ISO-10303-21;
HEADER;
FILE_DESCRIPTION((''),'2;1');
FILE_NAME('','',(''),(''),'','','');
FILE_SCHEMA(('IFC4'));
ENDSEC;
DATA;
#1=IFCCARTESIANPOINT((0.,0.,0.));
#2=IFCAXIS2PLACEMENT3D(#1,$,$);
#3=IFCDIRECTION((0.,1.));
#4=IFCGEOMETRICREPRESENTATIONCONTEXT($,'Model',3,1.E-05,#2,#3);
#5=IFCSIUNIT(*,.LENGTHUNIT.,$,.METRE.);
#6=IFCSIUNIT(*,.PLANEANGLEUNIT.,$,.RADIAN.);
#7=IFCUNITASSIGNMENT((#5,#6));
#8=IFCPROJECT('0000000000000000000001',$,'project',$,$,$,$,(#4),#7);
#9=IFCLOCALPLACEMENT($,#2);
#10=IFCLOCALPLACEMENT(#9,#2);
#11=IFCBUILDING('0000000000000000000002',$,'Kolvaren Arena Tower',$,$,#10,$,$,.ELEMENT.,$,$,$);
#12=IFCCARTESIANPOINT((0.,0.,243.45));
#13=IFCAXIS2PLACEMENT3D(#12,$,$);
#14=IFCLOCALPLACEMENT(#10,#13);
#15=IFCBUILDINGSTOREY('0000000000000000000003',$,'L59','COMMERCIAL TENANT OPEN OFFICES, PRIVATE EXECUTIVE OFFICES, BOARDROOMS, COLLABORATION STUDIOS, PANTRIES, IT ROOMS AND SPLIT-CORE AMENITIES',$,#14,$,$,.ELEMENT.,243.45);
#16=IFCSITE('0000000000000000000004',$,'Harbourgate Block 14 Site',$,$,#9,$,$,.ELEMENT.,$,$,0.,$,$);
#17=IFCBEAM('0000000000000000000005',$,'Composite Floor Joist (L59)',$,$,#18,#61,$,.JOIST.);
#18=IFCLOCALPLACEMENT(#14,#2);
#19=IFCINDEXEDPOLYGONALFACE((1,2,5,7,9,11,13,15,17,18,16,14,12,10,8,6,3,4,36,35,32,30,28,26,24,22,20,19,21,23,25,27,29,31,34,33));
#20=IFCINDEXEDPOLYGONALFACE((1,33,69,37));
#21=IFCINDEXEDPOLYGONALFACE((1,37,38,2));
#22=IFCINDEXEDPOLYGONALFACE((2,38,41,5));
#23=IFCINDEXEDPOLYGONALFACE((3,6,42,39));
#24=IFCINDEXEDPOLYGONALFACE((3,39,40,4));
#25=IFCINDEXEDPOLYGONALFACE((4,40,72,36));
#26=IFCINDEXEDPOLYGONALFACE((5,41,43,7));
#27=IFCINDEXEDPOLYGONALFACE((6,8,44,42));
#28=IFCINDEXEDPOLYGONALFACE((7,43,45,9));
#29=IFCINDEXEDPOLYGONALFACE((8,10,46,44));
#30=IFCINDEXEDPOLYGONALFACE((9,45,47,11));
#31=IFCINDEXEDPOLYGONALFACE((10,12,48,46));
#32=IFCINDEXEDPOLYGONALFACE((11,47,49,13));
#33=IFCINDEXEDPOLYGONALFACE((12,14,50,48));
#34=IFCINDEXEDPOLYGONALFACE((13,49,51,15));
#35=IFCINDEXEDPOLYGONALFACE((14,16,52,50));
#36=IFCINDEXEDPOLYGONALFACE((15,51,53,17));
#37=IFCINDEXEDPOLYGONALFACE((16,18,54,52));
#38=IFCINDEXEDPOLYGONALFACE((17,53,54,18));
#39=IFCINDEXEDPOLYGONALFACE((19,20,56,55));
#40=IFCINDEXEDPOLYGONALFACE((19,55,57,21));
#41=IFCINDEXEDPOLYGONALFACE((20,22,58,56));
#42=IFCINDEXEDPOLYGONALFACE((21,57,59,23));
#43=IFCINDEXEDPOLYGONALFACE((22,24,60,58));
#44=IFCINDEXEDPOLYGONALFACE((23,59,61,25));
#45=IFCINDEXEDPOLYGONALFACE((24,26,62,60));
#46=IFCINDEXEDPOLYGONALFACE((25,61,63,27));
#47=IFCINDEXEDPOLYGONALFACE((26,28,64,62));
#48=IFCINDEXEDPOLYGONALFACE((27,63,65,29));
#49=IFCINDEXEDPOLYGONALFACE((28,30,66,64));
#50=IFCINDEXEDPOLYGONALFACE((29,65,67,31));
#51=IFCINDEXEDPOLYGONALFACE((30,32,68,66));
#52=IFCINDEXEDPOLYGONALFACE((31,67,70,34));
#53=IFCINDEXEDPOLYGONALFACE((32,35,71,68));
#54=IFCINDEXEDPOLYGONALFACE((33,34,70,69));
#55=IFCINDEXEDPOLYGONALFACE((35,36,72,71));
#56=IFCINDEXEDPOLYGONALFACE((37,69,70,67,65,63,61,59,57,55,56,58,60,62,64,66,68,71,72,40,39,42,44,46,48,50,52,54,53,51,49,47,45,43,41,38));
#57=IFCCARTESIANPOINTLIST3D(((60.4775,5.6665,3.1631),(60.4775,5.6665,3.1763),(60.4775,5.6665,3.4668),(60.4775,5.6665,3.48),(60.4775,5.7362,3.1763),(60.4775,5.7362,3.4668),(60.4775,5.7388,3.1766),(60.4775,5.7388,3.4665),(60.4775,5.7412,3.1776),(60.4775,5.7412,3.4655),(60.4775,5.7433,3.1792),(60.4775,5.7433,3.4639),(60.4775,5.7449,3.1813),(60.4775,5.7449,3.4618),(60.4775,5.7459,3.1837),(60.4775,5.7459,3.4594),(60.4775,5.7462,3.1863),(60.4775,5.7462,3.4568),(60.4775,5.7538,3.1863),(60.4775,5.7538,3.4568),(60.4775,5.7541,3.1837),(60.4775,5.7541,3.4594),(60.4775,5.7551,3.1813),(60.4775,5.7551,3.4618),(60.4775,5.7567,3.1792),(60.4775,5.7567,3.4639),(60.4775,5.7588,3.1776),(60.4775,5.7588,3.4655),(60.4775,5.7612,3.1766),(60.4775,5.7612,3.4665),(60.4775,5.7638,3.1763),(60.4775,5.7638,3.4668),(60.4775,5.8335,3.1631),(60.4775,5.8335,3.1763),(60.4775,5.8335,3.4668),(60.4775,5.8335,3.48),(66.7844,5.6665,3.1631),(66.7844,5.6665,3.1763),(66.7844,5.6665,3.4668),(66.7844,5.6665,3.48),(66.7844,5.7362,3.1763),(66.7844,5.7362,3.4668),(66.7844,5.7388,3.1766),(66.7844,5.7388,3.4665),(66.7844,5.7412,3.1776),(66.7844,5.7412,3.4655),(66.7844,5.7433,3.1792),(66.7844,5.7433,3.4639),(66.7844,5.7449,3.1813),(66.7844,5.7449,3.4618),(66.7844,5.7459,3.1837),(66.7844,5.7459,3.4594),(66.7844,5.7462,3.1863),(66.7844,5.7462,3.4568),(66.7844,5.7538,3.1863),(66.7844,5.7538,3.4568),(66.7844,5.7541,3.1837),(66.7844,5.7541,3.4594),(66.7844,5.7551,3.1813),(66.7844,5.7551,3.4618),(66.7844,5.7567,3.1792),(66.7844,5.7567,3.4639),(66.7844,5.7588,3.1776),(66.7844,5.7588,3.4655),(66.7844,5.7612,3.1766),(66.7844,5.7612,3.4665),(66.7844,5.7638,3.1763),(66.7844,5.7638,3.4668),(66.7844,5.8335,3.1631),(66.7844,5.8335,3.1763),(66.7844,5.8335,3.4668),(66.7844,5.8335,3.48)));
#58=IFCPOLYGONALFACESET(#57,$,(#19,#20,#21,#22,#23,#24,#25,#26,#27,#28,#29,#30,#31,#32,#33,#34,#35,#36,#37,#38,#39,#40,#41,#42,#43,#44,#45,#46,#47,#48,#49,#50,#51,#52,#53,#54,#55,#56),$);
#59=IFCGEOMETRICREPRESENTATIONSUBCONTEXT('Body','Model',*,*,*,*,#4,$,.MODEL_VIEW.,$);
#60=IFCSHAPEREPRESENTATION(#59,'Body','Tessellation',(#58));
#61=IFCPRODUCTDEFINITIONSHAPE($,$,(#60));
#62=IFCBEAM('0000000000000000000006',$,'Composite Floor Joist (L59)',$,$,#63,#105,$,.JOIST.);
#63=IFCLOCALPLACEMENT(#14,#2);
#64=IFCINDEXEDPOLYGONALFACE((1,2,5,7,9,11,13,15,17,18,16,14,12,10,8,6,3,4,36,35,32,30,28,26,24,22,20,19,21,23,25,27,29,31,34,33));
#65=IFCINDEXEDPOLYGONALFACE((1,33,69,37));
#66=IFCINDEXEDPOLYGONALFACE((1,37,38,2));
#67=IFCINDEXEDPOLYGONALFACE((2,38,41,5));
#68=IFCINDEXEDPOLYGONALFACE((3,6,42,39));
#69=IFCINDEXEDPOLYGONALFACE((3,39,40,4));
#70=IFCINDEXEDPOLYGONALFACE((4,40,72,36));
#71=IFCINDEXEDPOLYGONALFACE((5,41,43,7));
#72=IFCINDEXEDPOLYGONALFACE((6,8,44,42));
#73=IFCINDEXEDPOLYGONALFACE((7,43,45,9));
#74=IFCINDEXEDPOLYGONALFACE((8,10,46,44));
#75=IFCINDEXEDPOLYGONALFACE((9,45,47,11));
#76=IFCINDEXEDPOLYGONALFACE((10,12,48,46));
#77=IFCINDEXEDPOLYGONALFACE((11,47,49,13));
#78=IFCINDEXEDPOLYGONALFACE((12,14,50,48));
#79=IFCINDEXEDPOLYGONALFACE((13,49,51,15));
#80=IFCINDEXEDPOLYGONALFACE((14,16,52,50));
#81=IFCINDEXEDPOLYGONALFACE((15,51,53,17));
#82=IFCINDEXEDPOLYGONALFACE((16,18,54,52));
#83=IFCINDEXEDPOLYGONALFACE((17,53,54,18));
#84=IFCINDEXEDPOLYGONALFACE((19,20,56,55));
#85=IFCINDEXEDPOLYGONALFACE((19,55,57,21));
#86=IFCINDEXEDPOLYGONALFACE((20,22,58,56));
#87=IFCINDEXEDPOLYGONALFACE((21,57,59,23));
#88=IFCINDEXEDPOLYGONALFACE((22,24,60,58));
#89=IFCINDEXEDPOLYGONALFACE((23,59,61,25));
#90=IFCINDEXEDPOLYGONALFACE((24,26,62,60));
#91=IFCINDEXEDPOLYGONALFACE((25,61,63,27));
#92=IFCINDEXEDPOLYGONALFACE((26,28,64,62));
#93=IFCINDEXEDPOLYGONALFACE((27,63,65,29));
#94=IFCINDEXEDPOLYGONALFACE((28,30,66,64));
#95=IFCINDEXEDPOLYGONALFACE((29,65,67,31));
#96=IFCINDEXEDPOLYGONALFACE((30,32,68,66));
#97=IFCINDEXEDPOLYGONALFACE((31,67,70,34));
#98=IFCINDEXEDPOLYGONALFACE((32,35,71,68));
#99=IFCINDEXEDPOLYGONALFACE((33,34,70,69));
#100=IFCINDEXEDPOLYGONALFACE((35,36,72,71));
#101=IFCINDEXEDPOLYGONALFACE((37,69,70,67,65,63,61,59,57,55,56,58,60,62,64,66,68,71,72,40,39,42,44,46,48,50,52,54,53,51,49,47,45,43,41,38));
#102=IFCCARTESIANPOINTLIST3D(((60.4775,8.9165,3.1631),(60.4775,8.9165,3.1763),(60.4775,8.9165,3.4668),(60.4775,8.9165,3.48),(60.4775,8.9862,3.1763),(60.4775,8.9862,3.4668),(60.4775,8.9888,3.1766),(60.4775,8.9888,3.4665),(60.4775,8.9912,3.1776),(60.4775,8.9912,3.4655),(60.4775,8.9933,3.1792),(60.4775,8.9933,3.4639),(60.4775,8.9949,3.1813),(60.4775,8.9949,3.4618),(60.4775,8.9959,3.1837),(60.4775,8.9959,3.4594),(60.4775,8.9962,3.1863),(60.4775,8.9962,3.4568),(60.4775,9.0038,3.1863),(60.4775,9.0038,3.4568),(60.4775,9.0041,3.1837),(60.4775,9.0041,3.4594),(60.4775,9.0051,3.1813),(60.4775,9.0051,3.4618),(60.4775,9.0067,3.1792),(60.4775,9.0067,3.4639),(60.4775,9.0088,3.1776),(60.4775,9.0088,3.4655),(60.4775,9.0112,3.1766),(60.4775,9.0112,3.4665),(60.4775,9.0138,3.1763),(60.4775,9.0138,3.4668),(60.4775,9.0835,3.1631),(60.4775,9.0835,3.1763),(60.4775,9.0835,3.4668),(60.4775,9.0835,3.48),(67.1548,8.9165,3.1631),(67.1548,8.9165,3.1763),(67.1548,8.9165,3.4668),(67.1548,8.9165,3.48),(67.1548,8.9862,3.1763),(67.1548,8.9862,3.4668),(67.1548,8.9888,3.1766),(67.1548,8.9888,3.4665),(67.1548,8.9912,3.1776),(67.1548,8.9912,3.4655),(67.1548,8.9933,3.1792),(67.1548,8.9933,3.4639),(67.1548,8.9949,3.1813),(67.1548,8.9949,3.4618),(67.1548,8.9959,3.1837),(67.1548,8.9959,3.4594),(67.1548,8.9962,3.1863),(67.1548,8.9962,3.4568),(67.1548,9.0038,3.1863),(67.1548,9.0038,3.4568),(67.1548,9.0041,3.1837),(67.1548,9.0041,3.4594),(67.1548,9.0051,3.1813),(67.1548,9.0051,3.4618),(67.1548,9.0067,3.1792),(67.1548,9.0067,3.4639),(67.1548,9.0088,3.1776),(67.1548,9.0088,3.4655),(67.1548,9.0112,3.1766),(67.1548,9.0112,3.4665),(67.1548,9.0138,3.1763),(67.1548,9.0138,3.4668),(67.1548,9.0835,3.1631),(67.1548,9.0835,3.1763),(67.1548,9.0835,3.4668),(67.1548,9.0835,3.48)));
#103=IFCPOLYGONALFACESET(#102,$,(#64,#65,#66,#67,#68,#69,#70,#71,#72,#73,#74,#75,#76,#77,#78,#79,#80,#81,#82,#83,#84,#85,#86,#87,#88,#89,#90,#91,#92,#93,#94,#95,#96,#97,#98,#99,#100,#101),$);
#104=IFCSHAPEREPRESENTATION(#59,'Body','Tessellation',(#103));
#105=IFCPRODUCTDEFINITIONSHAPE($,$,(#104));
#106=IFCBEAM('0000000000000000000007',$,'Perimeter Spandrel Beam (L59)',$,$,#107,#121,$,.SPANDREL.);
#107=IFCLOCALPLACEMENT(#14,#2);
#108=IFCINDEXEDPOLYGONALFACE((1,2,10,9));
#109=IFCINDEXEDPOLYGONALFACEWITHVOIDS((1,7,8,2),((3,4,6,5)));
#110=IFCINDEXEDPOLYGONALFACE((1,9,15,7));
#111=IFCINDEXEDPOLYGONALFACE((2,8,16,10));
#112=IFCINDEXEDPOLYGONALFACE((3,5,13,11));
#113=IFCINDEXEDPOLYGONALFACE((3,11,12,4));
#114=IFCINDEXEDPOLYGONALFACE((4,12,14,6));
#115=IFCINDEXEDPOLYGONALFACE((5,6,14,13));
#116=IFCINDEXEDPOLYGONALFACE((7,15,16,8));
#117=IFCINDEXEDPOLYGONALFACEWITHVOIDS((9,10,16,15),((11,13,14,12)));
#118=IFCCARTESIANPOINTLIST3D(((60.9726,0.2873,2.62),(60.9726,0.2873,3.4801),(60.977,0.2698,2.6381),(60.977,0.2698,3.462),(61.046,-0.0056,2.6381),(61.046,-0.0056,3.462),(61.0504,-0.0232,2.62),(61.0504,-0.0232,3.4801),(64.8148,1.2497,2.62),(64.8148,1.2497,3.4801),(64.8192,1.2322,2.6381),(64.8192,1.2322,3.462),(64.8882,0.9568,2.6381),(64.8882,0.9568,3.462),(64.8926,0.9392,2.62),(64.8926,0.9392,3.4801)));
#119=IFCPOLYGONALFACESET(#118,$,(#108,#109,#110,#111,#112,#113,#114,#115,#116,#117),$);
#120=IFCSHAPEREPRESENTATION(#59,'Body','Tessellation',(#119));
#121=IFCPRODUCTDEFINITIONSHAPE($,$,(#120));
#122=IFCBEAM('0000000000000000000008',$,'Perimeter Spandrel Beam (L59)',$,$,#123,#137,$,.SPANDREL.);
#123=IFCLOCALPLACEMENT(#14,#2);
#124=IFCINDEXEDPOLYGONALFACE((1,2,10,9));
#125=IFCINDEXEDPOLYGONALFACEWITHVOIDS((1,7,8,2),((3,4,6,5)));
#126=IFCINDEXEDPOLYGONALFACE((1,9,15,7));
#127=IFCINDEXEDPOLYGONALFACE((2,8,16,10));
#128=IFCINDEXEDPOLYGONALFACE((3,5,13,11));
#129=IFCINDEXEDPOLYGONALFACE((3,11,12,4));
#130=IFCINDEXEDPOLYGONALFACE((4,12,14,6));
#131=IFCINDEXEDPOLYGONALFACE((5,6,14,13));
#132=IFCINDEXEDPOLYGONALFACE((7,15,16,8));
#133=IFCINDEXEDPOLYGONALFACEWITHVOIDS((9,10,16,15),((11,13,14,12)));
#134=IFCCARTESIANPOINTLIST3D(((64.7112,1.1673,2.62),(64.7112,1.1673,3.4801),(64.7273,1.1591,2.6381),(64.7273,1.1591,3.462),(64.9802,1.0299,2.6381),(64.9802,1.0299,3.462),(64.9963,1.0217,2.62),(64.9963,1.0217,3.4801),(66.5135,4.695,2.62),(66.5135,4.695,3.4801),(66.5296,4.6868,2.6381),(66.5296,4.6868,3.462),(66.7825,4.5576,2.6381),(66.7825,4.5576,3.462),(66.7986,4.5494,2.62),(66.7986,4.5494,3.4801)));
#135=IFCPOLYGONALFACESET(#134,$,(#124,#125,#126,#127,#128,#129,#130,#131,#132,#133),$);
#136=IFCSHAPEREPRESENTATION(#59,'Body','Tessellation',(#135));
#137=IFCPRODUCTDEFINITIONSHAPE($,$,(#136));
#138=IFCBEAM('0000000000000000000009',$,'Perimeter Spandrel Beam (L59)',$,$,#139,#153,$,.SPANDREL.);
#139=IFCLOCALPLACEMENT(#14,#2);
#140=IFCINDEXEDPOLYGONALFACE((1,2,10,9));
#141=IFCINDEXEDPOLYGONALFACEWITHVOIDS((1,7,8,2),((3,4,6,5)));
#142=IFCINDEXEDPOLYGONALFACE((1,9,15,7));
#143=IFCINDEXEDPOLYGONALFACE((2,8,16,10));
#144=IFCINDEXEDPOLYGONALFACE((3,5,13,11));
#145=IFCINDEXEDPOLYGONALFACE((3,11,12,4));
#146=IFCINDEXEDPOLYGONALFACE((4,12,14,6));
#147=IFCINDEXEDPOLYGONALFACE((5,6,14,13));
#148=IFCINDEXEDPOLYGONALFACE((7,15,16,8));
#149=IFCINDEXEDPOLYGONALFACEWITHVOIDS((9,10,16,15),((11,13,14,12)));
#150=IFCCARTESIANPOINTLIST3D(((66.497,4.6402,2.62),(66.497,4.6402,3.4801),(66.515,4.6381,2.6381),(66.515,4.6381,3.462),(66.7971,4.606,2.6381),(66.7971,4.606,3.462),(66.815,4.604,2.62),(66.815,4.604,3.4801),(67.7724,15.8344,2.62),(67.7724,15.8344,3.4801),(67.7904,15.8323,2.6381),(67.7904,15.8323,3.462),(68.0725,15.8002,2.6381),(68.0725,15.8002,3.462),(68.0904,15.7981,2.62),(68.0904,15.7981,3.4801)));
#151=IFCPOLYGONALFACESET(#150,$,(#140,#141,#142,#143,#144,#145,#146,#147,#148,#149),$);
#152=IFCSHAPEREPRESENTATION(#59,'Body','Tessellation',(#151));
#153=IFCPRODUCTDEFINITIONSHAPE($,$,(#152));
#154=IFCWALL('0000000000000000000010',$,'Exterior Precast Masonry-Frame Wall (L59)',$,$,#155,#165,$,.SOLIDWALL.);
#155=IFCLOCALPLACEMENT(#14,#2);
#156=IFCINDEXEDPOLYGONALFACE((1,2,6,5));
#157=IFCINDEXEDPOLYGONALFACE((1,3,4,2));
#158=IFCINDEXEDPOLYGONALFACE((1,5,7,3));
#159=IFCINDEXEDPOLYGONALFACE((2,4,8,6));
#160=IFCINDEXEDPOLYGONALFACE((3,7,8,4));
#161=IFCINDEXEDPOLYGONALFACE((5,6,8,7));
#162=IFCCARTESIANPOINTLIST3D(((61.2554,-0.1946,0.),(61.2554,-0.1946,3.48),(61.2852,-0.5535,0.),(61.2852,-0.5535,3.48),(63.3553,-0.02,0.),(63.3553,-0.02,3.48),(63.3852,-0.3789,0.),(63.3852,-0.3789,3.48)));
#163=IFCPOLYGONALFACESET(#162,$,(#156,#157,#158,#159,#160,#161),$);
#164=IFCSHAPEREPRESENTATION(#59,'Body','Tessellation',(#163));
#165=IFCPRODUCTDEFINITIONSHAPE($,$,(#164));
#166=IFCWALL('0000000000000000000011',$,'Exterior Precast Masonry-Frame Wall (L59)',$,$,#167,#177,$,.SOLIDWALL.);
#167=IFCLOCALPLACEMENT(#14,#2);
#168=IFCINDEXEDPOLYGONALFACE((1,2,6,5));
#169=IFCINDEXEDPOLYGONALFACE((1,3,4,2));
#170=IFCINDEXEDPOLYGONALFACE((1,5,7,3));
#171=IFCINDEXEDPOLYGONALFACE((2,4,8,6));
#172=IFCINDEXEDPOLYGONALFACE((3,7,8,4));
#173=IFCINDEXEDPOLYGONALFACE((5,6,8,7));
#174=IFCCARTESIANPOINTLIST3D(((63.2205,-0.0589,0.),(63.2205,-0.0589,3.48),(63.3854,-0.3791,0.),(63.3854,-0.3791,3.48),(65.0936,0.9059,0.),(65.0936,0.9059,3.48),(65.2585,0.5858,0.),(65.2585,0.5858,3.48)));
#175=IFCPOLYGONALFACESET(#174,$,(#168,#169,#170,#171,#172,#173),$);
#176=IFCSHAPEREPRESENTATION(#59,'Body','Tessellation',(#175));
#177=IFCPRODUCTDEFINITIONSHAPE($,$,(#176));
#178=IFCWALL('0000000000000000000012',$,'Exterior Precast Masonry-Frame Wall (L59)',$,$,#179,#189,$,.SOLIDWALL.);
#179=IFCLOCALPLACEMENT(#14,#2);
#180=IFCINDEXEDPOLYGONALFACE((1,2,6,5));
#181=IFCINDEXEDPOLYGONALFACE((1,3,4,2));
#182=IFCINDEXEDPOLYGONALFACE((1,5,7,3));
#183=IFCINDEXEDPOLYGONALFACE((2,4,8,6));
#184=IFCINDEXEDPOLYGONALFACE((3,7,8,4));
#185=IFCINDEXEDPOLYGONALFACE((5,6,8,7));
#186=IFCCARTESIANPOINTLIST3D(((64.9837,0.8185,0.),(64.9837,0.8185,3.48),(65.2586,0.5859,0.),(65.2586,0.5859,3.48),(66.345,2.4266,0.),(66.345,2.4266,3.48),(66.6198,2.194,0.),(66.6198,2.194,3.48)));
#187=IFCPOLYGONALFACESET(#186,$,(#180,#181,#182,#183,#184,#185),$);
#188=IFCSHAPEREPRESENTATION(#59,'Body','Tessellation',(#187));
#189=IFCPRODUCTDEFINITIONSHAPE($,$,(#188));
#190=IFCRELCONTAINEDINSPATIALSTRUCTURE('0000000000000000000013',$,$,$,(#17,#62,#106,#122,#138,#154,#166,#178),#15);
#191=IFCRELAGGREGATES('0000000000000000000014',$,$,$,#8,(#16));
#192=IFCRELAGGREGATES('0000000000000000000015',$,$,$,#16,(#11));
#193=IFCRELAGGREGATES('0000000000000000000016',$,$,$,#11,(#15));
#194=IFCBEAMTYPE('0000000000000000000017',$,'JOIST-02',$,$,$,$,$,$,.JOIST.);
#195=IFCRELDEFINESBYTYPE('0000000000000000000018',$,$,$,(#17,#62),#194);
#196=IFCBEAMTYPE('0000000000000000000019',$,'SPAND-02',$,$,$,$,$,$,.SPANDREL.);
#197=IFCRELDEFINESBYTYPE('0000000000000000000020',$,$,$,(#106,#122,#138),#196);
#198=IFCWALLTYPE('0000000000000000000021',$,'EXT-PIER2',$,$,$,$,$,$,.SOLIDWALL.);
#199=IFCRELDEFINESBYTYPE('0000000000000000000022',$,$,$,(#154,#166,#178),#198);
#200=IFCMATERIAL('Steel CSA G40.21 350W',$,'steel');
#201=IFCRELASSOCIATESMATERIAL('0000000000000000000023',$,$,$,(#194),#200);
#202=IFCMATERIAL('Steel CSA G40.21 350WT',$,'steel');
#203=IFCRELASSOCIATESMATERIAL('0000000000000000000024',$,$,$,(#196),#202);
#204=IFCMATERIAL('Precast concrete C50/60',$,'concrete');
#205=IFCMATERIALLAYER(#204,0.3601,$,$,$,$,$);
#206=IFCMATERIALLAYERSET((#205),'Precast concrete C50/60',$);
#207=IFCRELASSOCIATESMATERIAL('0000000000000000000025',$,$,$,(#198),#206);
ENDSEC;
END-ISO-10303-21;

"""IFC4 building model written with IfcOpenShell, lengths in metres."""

from ifc_helpers import new_model, si_unit, direction, frame, frame_2d, origin, origin_2d, place, context, subcontext, project, spatial, rectangle, hollow_rectangle, i_section, extrude, material, layer, layer_set, material_profile, profile_set, type_object, element, save


model = new_model("IFC4")

# Units and contexts
model_context = context("Model", 3, precision=1e-05, world=origin(), true_north=direction((0.0, 1.0)))
body_context = subcontext(model_context, "Body", "Model", "MODEL_VIEW")
ifc_project = project(units=[si_unit("LENGTHUNIT", "METRE"), si_unit("PLANEANGLEUNIT", "RADIAN")], contexts=[model_context])

# Site, building, storey
site_placement = place(None, origin())
site = spatial("IfcSite", under=ifc_project, at=site_placement, Name="Harbourgate Block 14 Site", CompositionType="ELEMENT", RefElevation=0.0)
building_placement = place(site_placement, origin())
building = spatial("IfcBuilding", under=site, at=building_placement, Name="Kolvaren Arena Tower", CompositionType="ELEMENT")
storey_placement = place(building_placement, frame((0.0, 0.0, 243.45)))
storey = spatial("IfcBuildingStorey", under=building, at=storey_placement, Name="L59", Description="COMMERCIAL TENANT OPEN OFFICES, PRIVATE EXECUTIVE OFFICES, BOARDROOMS, COLLABORATION STUDIOS, PANTRIES, IT ROOMS AND SPLIT-CORE AMENITIES", CompositionType="ELEMENT", Elevation=243.45)

# Beams
ifc_material_1 = material(Name="Steel CSA G40.21 350W", Category="steel")
ifc_material_profile_1 = material_profile(ifc_material_1, i_section(OverallWidth=0.167, OverallDepth=0.3169, WebThickness=0.0076, FlangeThickness=0.0132, FilletRadius=0.01, at=origin_2d()), Name="W310x52")
ifc_profile_set_1 = profile_set([ifc_material_profile_1], Name="Steel CSA G40.21 350W")
beam_type_1 = type_object("IfcBeamType", Name="JOIST-02", PredefinedType="JOIST", material=ifc_profile_set_1)
beam_1_placement = place(storey_placement, frame((60.4775, 5.75, 3.3215), z_axis=(1.0, 0.0, 0.0), x_axis=(0.0, 1.0, 0.0)))
element("IfcBeam", 1, at=beam_1_placement, inside=storey, type_object=beam_type_1, Name="Composite Floor Joist (L59)", PredefinedType="JOIST", context=body_context, shape_type="SweptSolid", body=[
    extrude(i_section(OverallWidth=0.167, OverallDepth=0.3169, WebThickness=0.0076, FlangeThickness=0.0132, FilletRadius=0.01, at=origin_2d()), origin(), (0.0, 0.0, 1.0), 6.3069),
])
beam_2_placement = place(storey_placement, frame((60.4775, 9.0, 3.3215), z_axis=(1.0, 0.0, 0.0), x_axis=(0.0, 1.0, 0.0)))
element("IfcBeam", 2, at=beam_2_placement, inside=storey, type_object=beam_type_1, Name="Composite Floor Joist (L59)", PredefinedType="JOIST", context=body_context, shape_type="SweptSolid", body=[
    extrude(i_section(OverallWidth=0.167, OverallDepth=0.3169, WebThickness=0.0076, FlangeThickness=0.0132, FilletRadius=0.01, at=origin_2d()), origin(), (0.0, 0.0, 1.0), 6.6772),
])
ifc_material_2 = material(Name="Steel CSA G40.21 350WT", Category="steel")
ifc_material_profile_2 = material_profile(ifc_material_2, hollow_rectangle(XDim=0.3201, YDim=0.8601, WallThickness=0.0181, at=origin_2d()), Name="HSS 860x320x18")
ifc_profile_set_2 = profile_set([ifc_material_profile_2], Name="Steel CSA G40.21 350WT")
beam_type_2 = type_object("IfcBeamType", Name="SPAND-02", PredefinedType="SPANDREL", material=ifc_profile_set_2)
beam_3_placement = place(storey_placement, frame((61.0115, 0.1321, 3.05), z_axis=(0.970034, 0.242971, 0.0), x_axis=(-0.242971, 0.970034, 0.0)))
element("IfcBeam", 3, at=beam_3_placement, inside=storey, type_object=beam_type_2, Name="Perimeter Spandrel Beam (L59)", PredefinedType="SPANDREL", context=body_context, shape_type="SweptSolid", body=[
    extrude(hollow_rectangle(XDim=0.3201, YDim=0.8601, WallThickness=0.0181, at=origin_2d()), origin(), (0.0, 0.0, 1.0), 3.9609),
])
beam_4_placement = place(storey_placement, frame((64.8538, 1.0945, 3.05), z_axis=(0.454962, 0.890511, 0.0), x_axis=(-0.890511, 0.454962, 0.0)))
element("IfcBeam", 4, at=beam_4_placement, inside=storey, type_object=beam_type_2, Name="Perimeter Spandrel Beam (L59)", PredefinedType="SPANDREL", context=body_context, shape_type="SweptSolid", body=[
    extrude(hollow_rectangle(XDim=0.3201, YDim=0.8601, WallThickness=0.0181, at=origin_2d()), origin(), (0.0, 0.0, 1.0), 3.9614),
])
beam_5_placement = place(storey_placement, frame((66.656, 4.6221, 3.05), z_axis=(0.113202, 0.993572, 0.0), x_axis=(-0.993572, 0.113202, 0.0)))
element("IfcBeam", 5, at=beam_5_placement, inside=storey, type_object=beam_type_2, Name="Perimeter Spandrel Beam (L59)", PredefinedType="SPANDREL", context=body_context, shape_type="SweptSolid", body=[
    extrude(hollow_rectangle(XDim=0.3201, YDim=0.8601, WallThickness=0.0181, at=origin_2d()), origin(), (0.0, 0.0, 1.0), 11.2666),
])

# Walls
ifc_material_3 = material(Name="Precast concrete C50/60", Category="concrete")
ifc_layer_1 = layer(ifc_material_3, 0.3601)
ifc_layer_set_1 = layer_set([ifc_layer_1], Name="Precast concrete C50/60")
wall_type_1 = type_object("IfcWallType", Name="EXT-PIER2", PredefinedType="SOLIDWALL", material=ifc_layer_set_1)
wall_1_placement = place(storey_placement, frame((63.3704, -0.1995, 0.0), z_axis=(0.0, 0.0, 1.0), x_axis=(-0.996563, -0.082844, 0.0)))
element("IfcWall", 6, at=wall_1_placement, inside=storey, type_object=wall_type_1, Name="Exterior Precast Masonry-Frame Wall (L59)", PredefinedType="SOLIDWALL", context=body_context, shape_type="SweptSolid", body=[
    extrude(rectangle(XDim=2.1072, YDim=0.3601, at=frame_2d((1.0537, 0.0))), origin(), (0.0, 0.0, 1.0), 3.48),
])
for number, where, z_axis, x_axis, name in (
    (7, (65.176, 0.7458, 0.0), (0.0, 0.0, 1.0), (-0.888986, -0.457934, 0.0), "Exterior Precast Masonry-Frame Wall (L59)"),
    (8, (66.4824, 2.3103, 0.0), (0.0, 0.0, 1.0), (-0.646103, -0.76325, 0.0), "Exterior Precast Masonry-Frame Wall (L59)"),
):
    element("IfcWall", number, at=place(storey_placement, frame(where, z_axis=z_axis, x_axis=x_axis)), inside=storey, type_object=wall_type_1, Name=name, PredefinedType="SOLIDWALL", context=body_context, shape_type="SweptSolid", body=[
        extrude(rectangle(XDim=2.1069, YDim=0.3601, at=frame_2d((1.0535, 0.0))), origin(), (0.0, 0.0, 1.0), 3.48),
    ])

save(model, "model.ifc")
